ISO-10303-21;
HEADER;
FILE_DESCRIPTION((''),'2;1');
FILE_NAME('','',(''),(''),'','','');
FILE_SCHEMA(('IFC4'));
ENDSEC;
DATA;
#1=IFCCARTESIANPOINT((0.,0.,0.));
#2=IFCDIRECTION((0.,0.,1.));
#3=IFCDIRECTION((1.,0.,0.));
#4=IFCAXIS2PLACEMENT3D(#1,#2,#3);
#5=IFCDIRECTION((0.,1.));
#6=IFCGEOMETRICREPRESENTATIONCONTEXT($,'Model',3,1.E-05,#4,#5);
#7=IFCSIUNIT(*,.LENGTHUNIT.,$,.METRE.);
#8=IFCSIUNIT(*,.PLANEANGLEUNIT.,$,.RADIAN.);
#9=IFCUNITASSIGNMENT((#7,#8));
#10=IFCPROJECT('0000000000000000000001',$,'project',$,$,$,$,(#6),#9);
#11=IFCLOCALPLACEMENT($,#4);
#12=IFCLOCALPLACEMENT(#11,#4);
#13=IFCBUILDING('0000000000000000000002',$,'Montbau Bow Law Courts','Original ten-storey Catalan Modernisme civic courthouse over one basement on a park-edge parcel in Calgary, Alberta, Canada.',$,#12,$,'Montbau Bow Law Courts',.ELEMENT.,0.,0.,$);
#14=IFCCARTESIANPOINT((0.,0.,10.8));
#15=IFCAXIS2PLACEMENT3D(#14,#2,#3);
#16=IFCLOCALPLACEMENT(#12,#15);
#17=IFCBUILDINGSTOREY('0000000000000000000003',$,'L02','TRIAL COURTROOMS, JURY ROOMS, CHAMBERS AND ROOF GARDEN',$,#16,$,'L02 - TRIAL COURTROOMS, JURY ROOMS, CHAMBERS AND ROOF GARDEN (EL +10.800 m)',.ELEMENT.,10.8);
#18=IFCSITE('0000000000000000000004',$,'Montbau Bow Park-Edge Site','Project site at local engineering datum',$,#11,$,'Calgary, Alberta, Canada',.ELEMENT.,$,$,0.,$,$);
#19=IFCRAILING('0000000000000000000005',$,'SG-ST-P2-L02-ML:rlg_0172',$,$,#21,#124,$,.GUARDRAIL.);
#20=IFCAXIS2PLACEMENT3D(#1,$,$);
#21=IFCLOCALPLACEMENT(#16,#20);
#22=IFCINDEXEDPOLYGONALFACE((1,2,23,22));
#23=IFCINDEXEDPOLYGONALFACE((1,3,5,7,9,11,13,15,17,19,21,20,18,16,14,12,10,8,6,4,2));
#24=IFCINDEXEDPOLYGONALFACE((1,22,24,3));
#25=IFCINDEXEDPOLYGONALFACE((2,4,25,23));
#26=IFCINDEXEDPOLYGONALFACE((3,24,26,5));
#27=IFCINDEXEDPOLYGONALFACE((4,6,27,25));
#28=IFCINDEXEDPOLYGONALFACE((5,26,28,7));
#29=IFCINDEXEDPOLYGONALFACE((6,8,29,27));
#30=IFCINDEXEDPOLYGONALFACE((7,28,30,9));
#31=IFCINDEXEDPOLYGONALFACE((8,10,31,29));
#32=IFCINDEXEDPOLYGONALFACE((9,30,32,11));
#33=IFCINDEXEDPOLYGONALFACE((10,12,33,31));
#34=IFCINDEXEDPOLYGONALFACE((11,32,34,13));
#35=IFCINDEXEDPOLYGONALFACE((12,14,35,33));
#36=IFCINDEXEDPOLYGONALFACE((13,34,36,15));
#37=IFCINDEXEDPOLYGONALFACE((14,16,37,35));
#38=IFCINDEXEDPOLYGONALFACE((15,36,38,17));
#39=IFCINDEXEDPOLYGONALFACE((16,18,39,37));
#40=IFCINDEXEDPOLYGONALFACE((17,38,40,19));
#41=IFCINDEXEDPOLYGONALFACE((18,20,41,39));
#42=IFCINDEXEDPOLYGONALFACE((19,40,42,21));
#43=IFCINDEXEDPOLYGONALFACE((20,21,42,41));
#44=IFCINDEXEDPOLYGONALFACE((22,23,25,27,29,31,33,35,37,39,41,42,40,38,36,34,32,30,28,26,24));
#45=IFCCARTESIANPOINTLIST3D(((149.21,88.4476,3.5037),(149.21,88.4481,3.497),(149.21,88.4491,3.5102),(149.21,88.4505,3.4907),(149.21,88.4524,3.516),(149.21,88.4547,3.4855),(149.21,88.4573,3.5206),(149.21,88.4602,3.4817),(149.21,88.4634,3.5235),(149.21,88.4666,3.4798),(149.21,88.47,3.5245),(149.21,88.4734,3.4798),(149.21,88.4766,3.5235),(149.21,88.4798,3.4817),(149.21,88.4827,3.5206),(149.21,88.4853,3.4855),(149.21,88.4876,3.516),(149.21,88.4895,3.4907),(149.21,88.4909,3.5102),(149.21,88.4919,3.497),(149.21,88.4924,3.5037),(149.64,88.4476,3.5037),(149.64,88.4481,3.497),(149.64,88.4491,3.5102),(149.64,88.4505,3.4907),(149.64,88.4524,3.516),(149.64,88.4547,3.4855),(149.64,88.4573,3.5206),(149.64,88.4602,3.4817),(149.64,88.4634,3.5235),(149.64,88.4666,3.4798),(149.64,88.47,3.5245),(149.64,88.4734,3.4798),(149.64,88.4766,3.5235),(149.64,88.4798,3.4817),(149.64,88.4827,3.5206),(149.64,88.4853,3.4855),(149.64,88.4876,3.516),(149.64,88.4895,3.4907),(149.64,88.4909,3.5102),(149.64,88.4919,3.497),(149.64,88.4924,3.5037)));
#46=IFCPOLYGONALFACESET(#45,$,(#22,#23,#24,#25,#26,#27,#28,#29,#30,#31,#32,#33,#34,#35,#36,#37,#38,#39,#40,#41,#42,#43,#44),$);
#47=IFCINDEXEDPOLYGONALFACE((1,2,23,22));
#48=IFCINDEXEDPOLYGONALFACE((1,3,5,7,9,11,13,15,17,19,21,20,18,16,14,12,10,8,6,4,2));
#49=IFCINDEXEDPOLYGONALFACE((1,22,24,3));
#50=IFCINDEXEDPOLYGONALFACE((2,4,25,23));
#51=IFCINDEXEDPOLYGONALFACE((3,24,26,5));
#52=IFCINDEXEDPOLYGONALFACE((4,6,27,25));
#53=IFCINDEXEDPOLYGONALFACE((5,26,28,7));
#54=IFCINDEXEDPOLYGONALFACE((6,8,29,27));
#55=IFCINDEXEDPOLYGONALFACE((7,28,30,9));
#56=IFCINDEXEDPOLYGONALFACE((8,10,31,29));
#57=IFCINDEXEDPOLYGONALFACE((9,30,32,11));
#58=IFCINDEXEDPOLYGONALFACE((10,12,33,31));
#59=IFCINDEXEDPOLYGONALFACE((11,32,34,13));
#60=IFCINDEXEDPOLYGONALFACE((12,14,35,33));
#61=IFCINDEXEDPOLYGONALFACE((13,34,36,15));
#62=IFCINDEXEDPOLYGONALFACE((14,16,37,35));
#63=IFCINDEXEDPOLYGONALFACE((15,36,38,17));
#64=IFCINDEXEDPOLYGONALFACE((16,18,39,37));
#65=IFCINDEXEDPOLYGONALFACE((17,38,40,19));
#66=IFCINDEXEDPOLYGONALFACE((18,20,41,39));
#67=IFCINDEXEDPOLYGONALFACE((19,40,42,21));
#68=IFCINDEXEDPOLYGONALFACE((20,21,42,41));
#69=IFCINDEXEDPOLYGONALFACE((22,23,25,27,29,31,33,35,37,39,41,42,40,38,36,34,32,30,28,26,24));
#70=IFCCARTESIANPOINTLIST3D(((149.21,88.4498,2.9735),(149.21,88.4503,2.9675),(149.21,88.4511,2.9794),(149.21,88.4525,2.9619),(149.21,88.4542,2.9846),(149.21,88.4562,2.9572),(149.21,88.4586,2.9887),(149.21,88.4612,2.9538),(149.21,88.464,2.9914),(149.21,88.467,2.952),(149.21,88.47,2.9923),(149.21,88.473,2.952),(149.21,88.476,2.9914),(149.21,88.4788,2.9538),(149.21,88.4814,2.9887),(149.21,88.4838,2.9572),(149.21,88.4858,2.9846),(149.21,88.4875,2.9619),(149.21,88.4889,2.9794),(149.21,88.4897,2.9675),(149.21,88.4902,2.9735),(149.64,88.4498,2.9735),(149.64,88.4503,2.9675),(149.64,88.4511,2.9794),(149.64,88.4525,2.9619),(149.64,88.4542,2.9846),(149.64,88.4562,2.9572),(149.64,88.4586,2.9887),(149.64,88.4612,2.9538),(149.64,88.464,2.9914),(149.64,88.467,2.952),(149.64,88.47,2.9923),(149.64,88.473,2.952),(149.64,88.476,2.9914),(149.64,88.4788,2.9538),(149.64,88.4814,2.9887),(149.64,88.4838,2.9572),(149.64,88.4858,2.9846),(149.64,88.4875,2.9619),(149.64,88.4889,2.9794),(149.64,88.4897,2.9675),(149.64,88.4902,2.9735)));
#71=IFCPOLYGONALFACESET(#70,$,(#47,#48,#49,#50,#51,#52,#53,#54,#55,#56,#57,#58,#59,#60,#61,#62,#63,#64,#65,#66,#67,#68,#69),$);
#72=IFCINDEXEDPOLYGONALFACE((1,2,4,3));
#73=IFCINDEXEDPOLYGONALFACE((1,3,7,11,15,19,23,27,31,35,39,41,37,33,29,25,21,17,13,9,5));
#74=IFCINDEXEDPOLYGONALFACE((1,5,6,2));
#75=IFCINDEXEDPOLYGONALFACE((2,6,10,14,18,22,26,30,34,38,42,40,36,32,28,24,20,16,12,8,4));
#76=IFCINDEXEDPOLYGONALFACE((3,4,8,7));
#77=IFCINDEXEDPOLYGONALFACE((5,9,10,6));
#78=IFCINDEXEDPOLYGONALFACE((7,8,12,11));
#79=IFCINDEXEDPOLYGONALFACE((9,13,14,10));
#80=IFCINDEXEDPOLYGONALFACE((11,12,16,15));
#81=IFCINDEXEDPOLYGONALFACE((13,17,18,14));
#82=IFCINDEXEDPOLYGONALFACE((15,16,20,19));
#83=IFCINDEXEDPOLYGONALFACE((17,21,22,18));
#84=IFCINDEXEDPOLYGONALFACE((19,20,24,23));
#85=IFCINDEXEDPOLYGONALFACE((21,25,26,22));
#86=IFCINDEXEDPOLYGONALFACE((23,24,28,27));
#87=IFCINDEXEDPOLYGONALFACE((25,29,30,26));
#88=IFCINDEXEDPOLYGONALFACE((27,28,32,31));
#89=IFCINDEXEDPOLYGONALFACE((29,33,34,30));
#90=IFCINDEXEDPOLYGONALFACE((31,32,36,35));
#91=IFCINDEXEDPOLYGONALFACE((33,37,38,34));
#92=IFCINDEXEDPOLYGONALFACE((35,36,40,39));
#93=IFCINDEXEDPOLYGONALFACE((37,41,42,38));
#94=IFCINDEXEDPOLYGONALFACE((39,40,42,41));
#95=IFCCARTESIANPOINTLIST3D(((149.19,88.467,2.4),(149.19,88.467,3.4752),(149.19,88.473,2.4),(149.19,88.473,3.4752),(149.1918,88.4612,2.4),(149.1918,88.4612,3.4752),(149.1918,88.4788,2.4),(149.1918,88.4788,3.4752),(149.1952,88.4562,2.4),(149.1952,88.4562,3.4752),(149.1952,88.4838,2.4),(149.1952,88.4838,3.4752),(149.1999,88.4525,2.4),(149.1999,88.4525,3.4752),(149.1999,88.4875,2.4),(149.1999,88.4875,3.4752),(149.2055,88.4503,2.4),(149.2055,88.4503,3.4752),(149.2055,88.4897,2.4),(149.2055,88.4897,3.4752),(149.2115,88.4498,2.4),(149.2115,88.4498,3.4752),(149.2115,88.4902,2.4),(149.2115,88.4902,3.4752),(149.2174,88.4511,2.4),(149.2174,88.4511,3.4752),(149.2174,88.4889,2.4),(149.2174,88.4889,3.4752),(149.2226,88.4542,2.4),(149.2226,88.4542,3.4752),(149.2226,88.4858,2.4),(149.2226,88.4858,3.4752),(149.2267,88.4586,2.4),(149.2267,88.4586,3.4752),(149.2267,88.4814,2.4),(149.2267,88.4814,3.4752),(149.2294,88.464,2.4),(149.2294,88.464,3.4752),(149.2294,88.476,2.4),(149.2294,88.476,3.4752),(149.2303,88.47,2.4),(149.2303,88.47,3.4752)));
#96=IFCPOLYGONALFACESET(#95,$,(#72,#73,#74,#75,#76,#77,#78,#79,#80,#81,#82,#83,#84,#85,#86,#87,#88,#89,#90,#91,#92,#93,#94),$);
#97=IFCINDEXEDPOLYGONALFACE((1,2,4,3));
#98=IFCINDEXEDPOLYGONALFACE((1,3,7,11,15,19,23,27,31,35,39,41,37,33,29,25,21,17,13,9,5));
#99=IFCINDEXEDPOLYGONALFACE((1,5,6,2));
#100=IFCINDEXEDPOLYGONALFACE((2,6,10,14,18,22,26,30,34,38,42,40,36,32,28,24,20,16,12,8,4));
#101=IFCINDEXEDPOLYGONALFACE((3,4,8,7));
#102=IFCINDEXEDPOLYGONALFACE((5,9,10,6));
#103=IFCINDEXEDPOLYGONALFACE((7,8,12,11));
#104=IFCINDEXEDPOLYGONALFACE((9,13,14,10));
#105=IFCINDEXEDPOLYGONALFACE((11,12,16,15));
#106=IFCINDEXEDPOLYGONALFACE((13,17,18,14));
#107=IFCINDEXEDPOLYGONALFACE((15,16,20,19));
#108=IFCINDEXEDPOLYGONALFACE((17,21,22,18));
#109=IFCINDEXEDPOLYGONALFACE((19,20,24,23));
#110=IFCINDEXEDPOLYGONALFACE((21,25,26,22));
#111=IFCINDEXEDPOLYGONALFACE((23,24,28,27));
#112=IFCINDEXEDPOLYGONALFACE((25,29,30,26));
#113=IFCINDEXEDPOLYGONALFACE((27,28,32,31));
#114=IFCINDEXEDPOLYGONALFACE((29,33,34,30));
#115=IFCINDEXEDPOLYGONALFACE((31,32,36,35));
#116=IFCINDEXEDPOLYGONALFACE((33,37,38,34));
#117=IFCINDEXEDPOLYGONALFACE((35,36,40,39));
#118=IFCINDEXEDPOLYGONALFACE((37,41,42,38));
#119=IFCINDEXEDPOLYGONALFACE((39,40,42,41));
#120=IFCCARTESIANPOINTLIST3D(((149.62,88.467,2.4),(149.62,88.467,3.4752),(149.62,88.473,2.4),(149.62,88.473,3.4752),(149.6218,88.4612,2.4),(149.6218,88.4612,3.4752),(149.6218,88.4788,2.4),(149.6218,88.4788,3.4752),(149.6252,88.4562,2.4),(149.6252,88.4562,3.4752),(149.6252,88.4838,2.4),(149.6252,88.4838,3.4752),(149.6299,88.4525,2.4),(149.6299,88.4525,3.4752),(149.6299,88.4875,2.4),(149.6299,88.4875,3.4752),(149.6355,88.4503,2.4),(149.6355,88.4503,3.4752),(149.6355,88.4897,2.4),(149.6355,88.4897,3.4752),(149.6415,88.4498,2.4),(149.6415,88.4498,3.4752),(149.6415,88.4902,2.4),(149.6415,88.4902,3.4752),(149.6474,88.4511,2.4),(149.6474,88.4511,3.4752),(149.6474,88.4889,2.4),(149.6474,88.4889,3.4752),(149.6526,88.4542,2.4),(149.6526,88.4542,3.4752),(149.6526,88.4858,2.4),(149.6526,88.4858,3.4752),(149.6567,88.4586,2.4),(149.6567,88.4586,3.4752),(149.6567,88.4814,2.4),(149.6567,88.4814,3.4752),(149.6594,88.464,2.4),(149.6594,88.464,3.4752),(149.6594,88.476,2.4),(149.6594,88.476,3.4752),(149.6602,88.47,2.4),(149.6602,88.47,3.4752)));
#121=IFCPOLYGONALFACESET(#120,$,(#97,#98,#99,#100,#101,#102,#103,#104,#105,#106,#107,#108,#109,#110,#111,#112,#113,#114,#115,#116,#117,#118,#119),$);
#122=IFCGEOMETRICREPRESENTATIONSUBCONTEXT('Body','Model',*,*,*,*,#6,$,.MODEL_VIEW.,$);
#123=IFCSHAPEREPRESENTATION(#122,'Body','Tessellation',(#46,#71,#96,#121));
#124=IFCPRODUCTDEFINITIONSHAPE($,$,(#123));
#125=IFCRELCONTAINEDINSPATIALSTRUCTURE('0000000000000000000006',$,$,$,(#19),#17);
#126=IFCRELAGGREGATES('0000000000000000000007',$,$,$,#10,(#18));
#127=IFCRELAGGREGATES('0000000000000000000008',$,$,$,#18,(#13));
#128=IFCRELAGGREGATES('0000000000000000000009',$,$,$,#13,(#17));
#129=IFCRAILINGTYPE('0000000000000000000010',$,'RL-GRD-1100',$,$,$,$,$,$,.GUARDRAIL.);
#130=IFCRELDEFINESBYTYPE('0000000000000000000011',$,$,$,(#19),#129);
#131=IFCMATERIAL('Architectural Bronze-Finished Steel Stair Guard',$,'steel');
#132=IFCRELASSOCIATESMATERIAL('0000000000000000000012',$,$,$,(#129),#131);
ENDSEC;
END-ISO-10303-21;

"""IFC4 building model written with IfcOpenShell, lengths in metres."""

from ifc_helpers import new_model, si_unit, direction, frame, origin_with_axes, origin_2d_with_axis, place, context, subcontext, project, spatial, circle, extrude, material, type_object, element, save


model = new_model("IFC4")

# Units and contexts
model_context = context("Model", 3, precision=1e-05, world=origin_with_axes(), true_north=direction((0.0, 1.0)))
body_context = subcontext(model_context, "Body", "Model", "MODEL_VIEW")
ifc_project = project(units=[si_unit("LENGTHUNIT", "METRE"), si_unit("PLANEANGLEUNIT", "RADIAN")], contexts=[model_context])

# Site, building, storey
site_placement = place(None, origin_with_axes())
site = spatial("IfcSite", under=ifc_project, at=site_placement, Name="Montbau Bow Park-Edge Site", Description="Project site at local engineering datum", LongName="Calgary, Alberta, Canada", CompositionType="ELEMENT", RefElevation=0.0)
building_placement = place(site_placement, origin_with_axes())
building = spatial("IfcBuilding", under=site, at=building_placement, Name="Montbau Bow Law Courts", Description="Original ten-storey Catalan Modernisme civic courthouse over one basement on a park-edge parcel in Calgary, Alberta, Canada.", LongName="Montbau Bow Law Courts", CompositionType="ELEMENT", ElevationOfRefHeight=0.0, ElevationOfTerrain=0.0)
storey_placement = place(building_placement, frame((0.0, 0.0, 10.8), z_axis=(0.0, 0.0, 1.0), x_axis=(1.0, 0.0, 0.0)))
storey = spatial("IfcBuildingStorey", under=building, at=storey_placement, Name="L02", Description="TRIAL COURTROOMS, JURY ROOMS, CHAMBERS AND ROOF GARDEN", LongName="L02 - TRIAL COURTROOMS, JURY ROOMS, CHAMBERS AND ROOF GARDEN (EL +10.800 m)", CompositionType="ELEMENT", Elevation=10.8)

# Railing
ifc_material_1 = material(Name="Architectural Bronze-Finished Steel Stair Guard", Category="steel")
railing_type_1 = type_object("IfcRailingType", Name="RL-GRD-1100", PredefinedType="GUARDRAIL", material=ifc_material_1)
railing_1_placement = place(None, origin_with_axes())
element("IfcRailing", 1, at=railing_1_placement, inside=storey, type_object=railing_type_1, Name="SG-ST-P2-L02-ML:rlg_0172", PredefinedType="GUARDRAIL", context=body_context, shape_type="SweptSolid", body=[
    extrude(circle(Radius=0.0225, at=origin_2d_with_axis()), frame((149.21, 88.47, 14.302), z_axis=(1.0, 0.0, 0.0), x_axis=(0.0, 0.0, 1.0)), (0.0, 0.0, 1.0), 0.43),
    extrude(circle(Radius=0.0203, at=origin_2d_with_axis()), frame((149.21, 88.47, 13.772), z_axis=(1.0, 0.0, 0.0), x_axis=(0.0, 0.0, 1.0)), (0.0, 0.0, 1.0), 0.43),
    extrude(circle(Radius=0.0203, at=origin_2d_with_axis()), frame((149.21, 88.47, 13.2), z_axis=(0.0, 0.0, 1.0), x_axis=(1.0, 0.0, 0.0)), (0.0, 0.0, 1.0), 1.0753),
    extrude(circle(Radius=0.0203, at=origin_2d_with_axis()), frame((149.64, 88.47, 13.2), z_axis=(0.0, 0.0, 1.0), x_axis=(1.0, 0.0, 0.0)), (0.0, 0.0, 1.0), 1.0753),
])

save(model, "model.ifc")
